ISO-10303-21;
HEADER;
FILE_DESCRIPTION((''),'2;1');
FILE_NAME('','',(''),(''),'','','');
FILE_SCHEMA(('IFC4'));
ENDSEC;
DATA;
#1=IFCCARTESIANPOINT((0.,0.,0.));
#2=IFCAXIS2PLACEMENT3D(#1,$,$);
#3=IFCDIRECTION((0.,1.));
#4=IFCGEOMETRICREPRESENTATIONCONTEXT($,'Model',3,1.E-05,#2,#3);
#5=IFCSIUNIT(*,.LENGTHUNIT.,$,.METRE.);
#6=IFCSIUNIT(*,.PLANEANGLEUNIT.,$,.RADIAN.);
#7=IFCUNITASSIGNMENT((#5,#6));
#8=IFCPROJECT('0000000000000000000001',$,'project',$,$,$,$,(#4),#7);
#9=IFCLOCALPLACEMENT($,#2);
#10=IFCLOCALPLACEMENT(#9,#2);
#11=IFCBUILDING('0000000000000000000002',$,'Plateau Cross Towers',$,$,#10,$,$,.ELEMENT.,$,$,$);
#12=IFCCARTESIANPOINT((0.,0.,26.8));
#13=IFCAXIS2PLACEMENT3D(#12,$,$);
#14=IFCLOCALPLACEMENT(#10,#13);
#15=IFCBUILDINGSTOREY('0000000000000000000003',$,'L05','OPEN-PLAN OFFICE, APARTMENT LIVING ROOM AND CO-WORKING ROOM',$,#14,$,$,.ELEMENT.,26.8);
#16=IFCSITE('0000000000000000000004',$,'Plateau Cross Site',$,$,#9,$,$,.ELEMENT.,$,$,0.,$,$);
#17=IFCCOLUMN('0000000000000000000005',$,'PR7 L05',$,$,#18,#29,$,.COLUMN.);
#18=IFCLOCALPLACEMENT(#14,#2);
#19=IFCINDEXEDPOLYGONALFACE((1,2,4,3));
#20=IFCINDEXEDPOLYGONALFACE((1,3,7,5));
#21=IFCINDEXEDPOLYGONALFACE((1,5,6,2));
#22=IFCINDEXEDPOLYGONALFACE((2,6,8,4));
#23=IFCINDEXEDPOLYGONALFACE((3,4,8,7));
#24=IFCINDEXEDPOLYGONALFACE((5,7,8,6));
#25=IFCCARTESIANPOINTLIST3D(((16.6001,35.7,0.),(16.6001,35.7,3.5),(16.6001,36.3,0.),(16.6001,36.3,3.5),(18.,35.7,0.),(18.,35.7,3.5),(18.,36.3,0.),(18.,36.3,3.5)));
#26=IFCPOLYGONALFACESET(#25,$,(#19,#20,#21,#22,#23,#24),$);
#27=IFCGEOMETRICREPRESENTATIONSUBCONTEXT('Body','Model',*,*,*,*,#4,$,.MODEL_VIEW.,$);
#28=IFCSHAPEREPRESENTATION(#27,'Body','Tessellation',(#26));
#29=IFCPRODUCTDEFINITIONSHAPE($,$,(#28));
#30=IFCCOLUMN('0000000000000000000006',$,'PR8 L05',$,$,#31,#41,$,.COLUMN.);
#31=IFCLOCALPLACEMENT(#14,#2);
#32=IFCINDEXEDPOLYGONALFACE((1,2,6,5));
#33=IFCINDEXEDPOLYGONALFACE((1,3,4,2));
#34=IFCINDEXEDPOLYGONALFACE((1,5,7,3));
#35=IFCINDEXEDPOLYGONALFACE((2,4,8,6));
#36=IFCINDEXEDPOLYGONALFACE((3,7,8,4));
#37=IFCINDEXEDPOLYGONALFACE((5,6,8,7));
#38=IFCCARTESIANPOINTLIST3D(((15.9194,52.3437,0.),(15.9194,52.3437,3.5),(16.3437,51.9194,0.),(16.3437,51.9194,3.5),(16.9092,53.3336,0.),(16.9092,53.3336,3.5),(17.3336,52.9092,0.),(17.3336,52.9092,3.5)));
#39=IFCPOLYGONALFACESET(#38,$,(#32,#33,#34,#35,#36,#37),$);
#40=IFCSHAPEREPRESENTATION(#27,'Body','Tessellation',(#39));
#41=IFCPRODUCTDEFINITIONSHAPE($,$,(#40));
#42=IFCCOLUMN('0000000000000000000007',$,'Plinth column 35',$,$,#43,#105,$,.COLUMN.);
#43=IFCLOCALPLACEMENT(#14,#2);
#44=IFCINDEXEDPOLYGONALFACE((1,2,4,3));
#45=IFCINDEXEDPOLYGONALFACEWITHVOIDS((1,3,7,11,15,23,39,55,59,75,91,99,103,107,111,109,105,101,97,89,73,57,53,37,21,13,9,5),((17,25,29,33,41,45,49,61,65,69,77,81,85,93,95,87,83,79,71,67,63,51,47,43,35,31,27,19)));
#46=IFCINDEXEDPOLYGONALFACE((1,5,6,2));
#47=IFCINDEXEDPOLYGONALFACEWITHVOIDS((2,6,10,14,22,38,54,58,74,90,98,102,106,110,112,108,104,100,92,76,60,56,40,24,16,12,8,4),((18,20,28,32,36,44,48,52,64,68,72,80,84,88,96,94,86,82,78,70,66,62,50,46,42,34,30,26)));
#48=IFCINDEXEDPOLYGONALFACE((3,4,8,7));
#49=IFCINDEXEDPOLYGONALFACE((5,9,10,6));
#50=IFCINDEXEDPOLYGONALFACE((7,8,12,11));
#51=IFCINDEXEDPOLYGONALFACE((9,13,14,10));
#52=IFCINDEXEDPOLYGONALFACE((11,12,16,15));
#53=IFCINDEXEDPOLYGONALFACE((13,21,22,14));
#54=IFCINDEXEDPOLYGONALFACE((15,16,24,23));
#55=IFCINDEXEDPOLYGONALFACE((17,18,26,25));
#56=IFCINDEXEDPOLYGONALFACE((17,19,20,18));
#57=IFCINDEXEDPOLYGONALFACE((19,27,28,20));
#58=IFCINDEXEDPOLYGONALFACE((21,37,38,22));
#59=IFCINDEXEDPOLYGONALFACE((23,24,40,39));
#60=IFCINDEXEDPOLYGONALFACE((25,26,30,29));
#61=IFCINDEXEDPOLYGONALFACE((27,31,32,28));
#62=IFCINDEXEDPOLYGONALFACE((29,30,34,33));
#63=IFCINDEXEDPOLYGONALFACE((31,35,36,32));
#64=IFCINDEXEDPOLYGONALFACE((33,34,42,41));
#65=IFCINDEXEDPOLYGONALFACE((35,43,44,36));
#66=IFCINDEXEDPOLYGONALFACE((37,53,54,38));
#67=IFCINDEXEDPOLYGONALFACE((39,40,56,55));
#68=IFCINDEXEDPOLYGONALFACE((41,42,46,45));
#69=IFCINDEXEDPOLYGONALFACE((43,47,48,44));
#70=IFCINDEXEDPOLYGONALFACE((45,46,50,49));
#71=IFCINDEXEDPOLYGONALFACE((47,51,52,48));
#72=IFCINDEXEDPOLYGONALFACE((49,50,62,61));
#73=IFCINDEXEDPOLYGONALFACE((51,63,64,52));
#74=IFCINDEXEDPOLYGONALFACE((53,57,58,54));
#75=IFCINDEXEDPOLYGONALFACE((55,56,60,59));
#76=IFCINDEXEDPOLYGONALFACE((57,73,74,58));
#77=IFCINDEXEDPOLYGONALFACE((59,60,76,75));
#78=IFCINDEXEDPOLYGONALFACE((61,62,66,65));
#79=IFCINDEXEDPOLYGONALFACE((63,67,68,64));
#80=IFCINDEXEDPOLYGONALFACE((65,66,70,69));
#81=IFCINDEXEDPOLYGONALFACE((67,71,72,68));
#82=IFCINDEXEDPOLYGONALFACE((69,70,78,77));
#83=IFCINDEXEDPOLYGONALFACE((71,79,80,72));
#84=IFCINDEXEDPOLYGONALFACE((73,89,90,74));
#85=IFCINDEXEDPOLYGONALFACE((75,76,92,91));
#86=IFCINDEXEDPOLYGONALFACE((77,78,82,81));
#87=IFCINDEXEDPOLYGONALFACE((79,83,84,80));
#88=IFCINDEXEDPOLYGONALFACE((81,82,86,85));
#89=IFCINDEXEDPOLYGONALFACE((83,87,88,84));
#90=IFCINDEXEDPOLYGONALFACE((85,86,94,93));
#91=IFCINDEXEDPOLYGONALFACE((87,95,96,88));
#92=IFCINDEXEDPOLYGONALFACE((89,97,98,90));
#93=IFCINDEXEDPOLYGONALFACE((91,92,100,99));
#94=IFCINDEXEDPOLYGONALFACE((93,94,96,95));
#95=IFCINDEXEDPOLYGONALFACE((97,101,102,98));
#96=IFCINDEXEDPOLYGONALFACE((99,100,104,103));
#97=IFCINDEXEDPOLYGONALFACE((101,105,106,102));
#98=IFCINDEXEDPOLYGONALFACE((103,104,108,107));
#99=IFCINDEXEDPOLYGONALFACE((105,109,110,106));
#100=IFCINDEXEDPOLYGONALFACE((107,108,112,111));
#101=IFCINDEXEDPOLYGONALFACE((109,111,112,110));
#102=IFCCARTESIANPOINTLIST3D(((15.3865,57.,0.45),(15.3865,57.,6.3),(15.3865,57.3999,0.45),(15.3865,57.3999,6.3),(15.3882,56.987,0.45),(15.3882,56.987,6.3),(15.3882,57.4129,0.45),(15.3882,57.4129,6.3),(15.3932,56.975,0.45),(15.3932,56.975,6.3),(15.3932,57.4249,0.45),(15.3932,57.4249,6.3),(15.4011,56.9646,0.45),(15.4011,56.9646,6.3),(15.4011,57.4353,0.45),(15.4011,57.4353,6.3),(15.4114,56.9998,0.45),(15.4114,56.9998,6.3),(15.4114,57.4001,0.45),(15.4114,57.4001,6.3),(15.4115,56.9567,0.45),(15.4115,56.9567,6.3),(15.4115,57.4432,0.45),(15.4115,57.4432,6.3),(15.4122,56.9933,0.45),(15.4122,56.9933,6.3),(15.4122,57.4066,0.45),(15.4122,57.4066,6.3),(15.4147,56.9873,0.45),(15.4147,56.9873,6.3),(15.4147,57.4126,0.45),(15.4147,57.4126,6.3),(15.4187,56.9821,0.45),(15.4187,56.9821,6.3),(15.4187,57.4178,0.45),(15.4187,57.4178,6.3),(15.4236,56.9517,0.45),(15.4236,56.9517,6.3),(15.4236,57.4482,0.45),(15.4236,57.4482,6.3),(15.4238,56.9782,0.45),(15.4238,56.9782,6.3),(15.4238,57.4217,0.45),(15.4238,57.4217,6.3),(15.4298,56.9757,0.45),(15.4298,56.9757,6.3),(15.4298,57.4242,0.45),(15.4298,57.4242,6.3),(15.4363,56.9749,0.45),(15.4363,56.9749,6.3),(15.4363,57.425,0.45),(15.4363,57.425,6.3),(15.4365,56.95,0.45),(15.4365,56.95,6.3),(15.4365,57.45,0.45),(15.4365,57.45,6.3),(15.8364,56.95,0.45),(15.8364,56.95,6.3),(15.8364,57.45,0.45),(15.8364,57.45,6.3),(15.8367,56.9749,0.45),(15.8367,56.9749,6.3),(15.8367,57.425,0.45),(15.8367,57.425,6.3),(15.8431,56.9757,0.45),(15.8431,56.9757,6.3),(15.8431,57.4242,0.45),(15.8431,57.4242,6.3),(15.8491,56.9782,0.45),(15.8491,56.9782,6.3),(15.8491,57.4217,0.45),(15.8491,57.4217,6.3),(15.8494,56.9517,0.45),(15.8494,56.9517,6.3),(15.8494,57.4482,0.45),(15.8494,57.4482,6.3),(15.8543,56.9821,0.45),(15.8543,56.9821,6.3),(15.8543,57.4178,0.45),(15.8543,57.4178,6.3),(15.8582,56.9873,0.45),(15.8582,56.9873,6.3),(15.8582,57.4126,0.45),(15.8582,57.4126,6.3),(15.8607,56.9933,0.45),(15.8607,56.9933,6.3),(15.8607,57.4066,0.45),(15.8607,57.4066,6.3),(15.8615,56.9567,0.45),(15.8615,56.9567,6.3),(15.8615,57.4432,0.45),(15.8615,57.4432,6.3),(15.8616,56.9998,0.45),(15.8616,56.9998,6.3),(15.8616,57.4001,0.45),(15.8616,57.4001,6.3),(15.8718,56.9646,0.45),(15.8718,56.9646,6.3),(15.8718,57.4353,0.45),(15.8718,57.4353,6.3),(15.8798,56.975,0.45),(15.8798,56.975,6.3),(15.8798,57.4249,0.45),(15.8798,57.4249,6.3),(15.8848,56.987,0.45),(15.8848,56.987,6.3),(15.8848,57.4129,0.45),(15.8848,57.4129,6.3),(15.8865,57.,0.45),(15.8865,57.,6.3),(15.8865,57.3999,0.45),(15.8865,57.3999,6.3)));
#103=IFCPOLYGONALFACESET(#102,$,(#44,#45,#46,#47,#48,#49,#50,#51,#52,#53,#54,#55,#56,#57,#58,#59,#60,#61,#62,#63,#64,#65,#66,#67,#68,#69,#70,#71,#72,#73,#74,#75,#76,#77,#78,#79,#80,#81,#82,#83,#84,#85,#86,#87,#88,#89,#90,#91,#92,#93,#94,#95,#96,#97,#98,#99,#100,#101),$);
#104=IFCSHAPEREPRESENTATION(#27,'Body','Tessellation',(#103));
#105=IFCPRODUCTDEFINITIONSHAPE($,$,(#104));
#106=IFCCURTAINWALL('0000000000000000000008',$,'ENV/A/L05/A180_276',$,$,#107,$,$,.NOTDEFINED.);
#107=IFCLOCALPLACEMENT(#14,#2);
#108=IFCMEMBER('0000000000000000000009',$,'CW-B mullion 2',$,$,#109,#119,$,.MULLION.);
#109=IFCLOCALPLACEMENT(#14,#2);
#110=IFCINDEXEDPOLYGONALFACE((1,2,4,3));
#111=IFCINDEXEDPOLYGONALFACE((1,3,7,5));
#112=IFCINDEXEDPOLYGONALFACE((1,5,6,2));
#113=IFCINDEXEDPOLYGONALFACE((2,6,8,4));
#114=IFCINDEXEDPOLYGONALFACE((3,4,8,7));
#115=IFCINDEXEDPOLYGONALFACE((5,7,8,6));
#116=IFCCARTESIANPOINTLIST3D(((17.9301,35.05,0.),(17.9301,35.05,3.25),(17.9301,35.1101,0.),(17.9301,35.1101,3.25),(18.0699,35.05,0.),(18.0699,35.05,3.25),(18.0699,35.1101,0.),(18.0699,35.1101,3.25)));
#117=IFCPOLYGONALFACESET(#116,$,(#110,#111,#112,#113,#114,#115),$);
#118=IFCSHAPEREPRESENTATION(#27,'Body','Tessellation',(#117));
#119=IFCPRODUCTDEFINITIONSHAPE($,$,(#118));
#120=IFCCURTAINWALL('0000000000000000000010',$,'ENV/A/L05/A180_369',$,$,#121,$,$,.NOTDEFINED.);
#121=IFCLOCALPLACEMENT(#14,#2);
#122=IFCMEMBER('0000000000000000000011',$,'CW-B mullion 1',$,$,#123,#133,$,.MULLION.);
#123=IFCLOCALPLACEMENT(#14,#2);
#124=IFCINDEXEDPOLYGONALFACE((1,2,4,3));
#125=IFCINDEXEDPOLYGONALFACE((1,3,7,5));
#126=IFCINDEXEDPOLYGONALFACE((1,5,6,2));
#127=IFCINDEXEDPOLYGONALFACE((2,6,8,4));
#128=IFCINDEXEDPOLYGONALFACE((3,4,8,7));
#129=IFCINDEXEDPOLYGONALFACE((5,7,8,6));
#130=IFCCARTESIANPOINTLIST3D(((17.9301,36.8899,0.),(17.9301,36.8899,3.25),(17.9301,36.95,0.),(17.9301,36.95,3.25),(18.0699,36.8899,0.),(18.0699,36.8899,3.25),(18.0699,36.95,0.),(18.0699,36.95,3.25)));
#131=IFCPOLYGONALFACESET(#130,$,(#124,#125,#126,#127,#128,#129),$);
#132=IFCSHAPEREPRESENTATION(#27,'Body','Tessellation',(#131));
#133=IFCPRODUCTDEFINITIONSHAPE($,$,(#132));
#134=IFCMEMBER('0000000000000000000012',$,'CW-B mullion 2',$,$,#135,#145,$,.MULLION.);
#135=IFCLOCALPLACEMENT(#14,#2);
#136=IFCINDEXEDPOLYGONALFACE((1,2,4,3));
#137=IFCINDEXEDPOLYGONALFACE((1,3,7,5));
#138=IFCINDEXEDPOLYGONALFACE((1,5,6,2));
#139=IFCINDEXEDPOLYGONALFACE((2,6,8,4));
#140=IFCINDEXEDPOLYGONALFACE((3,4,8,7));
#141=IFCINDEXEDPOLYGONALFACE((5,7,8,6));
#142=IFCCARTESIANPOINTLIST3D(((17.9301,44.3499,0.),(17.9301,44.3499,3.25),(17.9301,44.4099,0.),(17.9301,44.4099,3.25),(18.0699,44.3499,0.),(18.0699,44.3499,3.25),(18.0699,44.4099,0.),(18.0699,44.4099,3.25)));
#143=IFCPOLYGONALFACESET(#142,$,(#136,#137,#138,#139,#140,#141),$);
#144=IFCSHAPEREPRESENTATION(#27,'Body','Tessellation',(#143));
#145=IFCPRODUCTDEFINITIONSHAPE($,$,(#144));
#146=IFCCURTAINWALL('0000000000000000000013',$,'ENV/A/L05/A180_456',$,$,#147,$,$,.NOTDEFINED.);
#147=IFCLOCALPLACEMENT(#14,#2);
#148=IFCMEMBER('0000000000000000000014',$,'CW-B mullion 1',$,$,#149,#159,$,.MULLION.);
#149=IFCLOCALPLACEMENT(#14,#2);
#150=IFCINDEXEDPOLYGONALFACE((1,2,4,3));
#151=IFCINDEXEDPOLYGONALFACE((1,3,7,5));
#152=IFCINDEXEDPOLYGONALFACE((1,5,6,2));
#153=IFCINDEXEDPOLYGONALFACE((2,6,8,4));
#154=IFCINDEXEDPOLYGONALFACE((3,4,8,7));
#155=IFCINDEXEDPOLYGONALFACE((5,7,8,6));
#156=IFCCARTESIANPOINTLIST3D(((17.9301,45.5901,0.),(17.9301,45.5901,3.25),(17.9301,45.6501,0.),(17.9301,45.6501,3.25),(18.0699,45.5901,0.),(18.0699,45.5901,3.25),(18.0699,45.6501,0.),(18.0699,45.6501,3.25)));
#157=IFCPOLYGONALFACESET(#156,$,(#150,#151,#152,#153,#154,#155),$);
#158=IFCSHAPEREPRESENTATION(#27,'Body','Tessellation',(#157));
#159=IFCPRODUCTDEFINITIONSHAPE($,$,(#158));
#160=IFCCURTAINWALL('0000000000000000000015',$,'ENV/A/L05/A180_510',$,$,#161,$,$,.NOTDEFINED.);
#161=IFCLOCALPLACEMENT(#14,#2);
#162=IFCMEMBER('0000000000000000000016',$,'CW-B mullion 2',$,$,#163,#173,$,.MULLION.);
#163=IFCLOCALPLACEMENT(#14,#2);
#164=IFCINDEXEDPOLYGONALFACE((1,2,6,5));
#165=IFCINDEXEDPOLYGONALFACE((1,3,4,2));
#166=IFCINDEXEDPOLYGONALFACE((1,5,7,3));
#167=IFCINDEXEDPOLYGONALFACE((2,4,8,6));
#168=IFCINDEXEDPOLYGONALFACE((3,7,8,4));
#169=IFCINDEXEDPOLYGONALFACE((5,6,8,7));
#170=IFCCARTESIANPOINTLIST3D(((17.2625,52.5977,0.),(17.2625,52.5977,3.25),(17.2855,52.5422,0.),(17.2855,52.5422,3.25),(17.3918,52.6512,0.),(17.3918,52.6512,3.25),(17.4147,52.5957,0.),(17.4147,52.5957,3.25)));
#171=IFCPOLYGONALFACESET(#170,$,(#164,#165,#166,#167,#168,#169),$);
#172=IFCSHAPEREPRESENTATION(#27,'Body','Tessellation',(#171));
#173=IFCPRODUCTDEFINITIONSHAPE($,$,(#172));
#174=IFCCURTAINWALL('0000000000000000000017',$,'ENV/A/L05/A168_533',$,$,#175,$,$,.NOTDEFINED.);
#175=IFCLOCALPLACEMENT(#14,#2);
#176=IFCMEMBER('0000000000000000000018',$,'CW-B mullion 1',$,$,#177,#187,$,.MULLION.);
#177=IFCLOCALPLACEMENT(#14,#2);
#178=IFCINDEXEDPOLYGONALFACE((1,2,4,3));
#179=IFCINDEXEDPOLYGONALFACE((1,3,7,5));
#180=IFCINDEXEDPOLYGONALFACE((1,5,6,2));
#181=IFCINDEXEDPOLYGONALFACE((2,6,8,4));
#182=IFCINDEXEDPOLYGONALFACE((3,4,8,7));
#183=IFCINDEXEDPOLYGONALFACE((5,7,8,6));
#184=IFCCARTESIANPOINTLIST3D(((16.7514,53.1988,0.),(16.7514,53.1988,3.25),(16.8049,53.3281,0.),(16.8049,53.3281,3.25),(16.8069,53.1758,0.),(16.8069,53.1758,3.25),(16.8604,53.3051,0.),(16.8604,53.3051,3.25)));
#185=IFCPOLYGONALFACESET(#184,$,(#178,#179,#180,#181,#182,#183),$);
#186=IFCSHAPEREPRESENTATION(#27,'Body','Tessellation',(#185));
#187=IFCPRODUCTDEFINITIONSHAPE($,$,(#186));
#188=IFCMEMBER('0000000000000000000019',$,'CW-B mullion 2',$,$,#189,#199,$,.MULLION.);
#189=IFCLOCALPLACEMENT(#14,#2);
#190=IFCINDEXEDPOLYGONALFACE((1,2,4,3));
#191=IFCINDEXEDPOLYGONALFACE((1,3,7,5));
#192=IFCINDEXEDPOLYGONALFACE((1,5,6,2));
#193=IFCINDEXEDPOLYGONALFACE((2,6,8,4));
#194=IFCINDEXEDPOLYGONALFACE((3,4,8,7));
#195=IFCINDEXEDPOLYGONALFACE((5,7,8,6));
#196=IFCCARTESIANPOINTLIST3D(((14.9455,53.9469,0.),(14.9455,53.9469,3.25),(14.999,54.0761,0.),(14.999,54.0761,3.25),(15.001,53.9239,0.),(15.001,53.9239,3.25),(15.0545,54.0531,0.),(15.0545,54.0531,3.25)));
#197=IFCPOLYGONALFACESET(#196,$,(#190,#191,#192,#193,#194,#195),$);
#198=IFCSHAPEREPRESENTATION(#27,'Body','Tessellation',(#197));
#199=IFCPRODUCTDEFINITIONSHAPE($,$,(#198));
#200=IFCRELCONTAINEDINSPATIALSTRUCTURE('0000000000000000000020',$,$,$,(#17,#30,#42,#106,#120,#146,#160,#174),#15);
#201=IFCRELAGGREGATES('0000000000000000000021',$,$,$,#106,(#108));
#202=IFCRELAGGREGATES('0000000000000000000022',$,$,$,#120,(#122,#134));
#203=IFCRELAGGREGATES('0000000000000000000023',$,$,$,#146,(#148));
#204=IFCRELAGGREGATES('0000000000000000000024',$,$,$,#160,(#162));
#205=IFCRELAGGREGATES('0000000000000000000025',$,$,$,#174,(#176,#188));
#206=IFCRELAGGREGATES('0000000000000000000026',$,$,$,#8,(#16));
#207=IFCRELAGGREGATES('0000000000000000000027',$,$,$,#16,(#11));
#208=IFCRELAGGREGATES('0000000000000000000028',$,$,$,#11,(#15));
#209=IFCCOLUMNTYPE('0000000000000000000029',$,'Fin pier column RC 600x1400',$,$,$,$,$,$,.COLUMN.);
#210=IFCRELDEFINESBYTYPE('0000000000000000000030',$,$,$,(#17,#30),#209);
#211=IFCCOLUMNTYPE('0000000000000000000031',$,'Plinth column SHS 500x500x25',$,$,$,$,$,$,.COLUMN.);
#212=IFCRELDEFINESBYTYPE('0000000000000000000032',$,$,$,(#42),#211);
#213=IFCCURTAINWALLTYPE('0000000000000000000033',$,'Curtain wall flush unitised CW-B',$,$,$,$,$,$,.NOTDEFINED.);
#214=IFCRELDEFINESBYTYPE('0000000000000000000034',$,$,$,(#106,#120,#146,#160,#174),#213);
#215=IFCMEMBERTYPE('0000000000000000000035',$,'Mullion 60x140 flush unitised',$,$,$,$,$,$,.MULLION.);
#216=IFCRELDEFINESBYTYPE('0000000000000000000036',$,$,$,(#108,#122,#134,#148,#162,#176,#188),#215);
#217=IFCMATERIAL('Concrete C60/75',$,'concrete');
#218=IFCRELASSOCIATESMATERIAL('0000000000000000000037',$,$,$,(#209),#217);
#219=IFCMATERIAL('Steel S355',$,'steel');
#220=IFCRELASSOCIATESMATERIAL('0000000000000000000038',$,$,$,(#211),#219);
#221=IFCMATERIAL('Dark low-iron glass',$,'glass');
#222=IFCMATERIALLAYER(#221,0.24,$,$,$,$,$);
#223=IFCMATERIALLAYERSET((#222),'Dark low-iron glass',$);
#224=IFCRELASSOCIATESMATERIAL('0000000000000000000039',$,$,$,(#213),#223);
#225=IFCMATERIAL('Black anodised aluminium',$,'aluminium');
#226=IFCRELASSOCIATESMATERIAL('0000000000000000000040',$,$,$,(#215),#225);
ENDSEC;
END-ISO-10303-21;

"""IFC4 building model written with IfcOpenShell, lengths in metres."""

from ifc_helpers import new_model, si_unit, direction, frame, origin, origin_2d, place, context, subcontext, project, spatial, rectangle, hollow_rectangle, extrude, material, layer, layer_set, material_profile, profile_set, type_object, element, aggregate, save


model = new_model("IFC4")

# Units and contexts
model_context = context("Model", 3, precision=1e-05, world=origin(), true_north=direction((0.0, 1.0)))
body_context = subcontext(model_context, "Body", "Model", "MODEL_VIEW")
ifc_project = project(units=[si_unit("LENGTHUNIT", "METRE"), si_unit("PLANEANGLEUNIT", "RADIAN")], contexts=[model_context])

# Site, building, storey
site_placement = place(None, origin())
site = spatial("IfcSite", under=ifc_project, at=site_placement, Name="Plateau Cross Site", CompositionType="ELEMENT", RefElevation=0.0)
building_placement = place(site_placement, origin())
building = spatial("IfcBuilding", under=site, at=building_placement, Name="Plateau Cross Towers", CompositionType="ELEMENT")
storey_placement = place(building_placement, frame((0.0, 0.0, 26.8)))
storey = spatial("IfcBuildingStorey", under=building, at=storey_placement, Name="L05", Description="OPEN-PLAN OFFICE, APARTMENT LIVING ROOM AND CO-WORKING ROOM", CompositionType="ELEMENT", Elevation=26.8)

# Columns
ifc_material_1 = material(Name="Concrete C60/75", Category="concrete")
ifc_material_profile_1 = material_profile(ifc_material_1, rectangle(XDim=0.6001, YDim=1.3999, at=origin_2d()), Name="RC 600x1400")
ifc_profile_set_1 = profile_set([ifc_material_profile_1], Name="Concrete C60/75")
column_type_1 = type_object("IfcColumnType", Name="Fin pier column RC 600x1400", PredefinedType="COLUMN", material=ifc_profile_set_1)
for number, where, z_axis, x_axis, name in (
    (1, (17.3, 36.0, 0.0), (0.0, 0.0, 1.0), (0.0, 1.0, 0.0), "PR7 L05"),
    (2, (16.6265, 52.6265, 0.0), (0.0, 0.0, 1.0), (-0.707107, 0.707107, 0.0), "PR8 L05"),
):
    element("IfcColumn", number, at=place(storey_placement, frame(where, z_axis=z_axis, x_axis=x_axis)), inside=storey, type_object=column_type_1, Name=name, PredefinedType="COLUMN", context=body_context, shape_type="SweptSolid", body=[
        extrude(rectangle(XDim=0.6001, YDim=1.3999, at=origin_2d()), origin(), (0.0, 0.0, 1.0), 3.5),
    ])
ifc_material_2 = material(Name="Steel S355", Category="steel")
ifc_material_profile_2 = material_profile(ifc_material_2, hollow_rectangle(XDim=0.5, YDim=0.5, WallThickness=0.0249, InnerFilletRadius=0.0249, OuterFilletRadius=0.05, at=origin_2d()), Name="SHS 500x500x25")
ifc_profile_set_2 = profile_set([ifc_material_profile_2], Name="Steel S355")
column_type_2 = type_object("IfcColumnType", Name="Plinth column SHS 500x500x25", PredefinedType="COLUMN", material=ifc_profile_set_2)
column_placement = place(storey_placement, frame((15.6365, 57.2, 0.45), z_axis=(0.0, 0.0, 1.0), x_axis=(1.0, 0.0, 0.0)))
element("IfcColumn", 3, at=column_placement, inside=storey, type_object=column_type_2, Name="Plinth column 35", PredefinedType="COLUMN", context=body_context, shape_type="SweptSolid", body=[
    extrude(hollow_rectangle(XDim=0.5, YDim=0.5, WallThickness=0.0249, InnerFilletRadius=0.0249, OuterFilletRadius=0.05, at=origin_2d()), origin(), (0.0, 0.0, 1.0), 5.8501),
])

# Curtain wall, member
ifc_material_3 = material(Name="Dark low-iron glass", Category="glass")
ifc_layer_1 = layer(ifc_material_3, 0.24)
ifc_layer_set_1 = layer_set([ifc_layer_1], Name="Dark low-iron glass")
curtain_wall_type = type_object("IfcCurtainWallType", Name="Curtain wall flush unitised CW-B", PredefinedType="NOTDEFINED", material=ifc_layer_set_1)
curtain_wall_1_placement = place(storey_placement, origin())
curtain_wall_1 = element("IfcCurtainWall", 4, at=curtain_wall_1_placement, inside=storey, type_object=curtain_wall_type, Name="ENV/A/L05/A180_276", PredefinedType="NOTDEFINED")
ifc_material_4 = material(Name="Black anodised aluminium", Category="aluminium")
ifc_material_profile_3 = material_profile(ifc_material_4, rectangle(XDim=0.0601, YDim=0.1399, at=origin_2d()), Name="MULLION 60x140")
ifc_profile_set_3 = profile_set([ifc_material_profile_3], Name="Black anodised aluminium")
member_type_1 = type_object("IfcMemberType", Name="Mullion 60x140 flush unitised", PredefinedType="MULLION", material=ifc_profile_set_3)
member_1_placement = place(storey_placement, frame((18.0, 35.0801, 0.0), z_axis=(0.0, 0.0, 1.0), x_axis=(0.0, 1.0, 0.0)))
member_1 = element("IfcMember", 5, at=member_1_placement, type_object=member_type_1, Name="CW-B mullion 2", PredefinedType="MULLION", context=body_context, shape_type="SweptSolid", body=[
    extrude(rectangle(XDim=0.0601, YDim=0.1399, at=origin_2d()), origin(), (0.0, 0.0, 1.0), 3.25),
])
aggregate(curtain_wall_1, [member_1])

# Curtain wall, members
curtain_wall_2_placement = place(storey_placement, origin())
curtain_wall_2 = element("IfcCurtainWall", 6, at=curtain_wall_2_placement, inside=storey, type_object=curtain_wall_type, Name="ENV/A/L05/A180_369", PredefinedType="NOTDEFINED")
member_2_placement = place(storey_placement, frame((18.0, 36.9199, 0.0), z_axis=(0.0, 0.0, 1.0), x_axis=(0.0, 1.0, 0.0)))
member_2 = element("IfcMember", 7, at=member_2_placement, type_object=member_type_1, Name="CW-B mullion 1", PredefinedType="MULLION", context=body_context, shape_type="SweptSolid", body=[
    extrude(rectangle(XDim=0.0601, YDim=0.1399, at=origin_2d()), origin(), (0.0, 0.0, 1.0), 3.25),
])
member_3_placement = place(storey_placement, frame((18.0, 44.3799, 0.0), z_axis=(0.0, 0.0, 1.0), x_axis=(0.0, 1.0, 0.0)))
member_3 = element("IfcMember", 8, at=member_3_placement, type_object=member_type_1, Name="CW-B mullion 2", PredefinedType="MULLION", context=body_context, shape_type="SweptSolid", body=[
    extrude(rectangle(XDim=0.0601, YDim=0.1399, at=origin_2d()), origin(), (0.0, 0.0, 1.0), 3.25),
])

# Curtain walls, members
curtain_wall_3_placement = place(storey_placement, origin())
curtain_wall_3 = element("IfcCurtainWall", 9, at=curtain_wall_3_placement, inside=storey, type_object=curtain_wall_type, Name="ENV/A/L05/A180_456", PredefinedType="NOTDEFINED")
member_4_placement = place(storey_placement, frame((18.0, 45.6201, 0.0), z_axis=(0.0, 0.0, 1.0), x_axis=(0.0, 1.0, 0.0)))
member_4 = element("IfcMember", 10, at=member_4_placement, type_object=member_type_1, Name="CW-B mullion 1", PredefinedType="MULLION", context=body_context, shape_type="SweptSolid", body=[
    extrude(rectangle(XDim=0.0601, YDim=0.1399, at=origin_2d()), origin(), (0.0, 0.0, 1.0), 3.25),
])
curtain_wall_4_placement = place(storey_placement, origin())
curtain_wall_4 = element("IfcCurtainWall", 11, at=curtain_wall_4_placement, inside=storey, type_object=curtain_wall_type, Name="ENV/A/L05/A180_510", PredefinedType="NOTDEFINED")
member_5_placement = place(storey_placement, frame((17.3386, 52.5967, 0.0), z_axis=(0.0, 0.0, 1.0), x_axis=(-0.382684, 0.923879, 0.0)))
member_5 = element("IfcMember", 12, at=member_5_placement, type_object=member_type_1, Name="CW-B mullion 2", PredefinedType="MULLION", context=body_context, shape_type="SweptSolid", body=[
    extrude(rectangle(XDim=0.0601, YDim=0.1399, at=origin_2d()), origin(), (0.0, 0.0, 1.0), 3.25),
])

# Curtain wall, members
curtain_wall_5_placement = place(storey_placement, origin())
curtain_wall_5 = element("IfcCurtainWall", 13, at=curtain_wall_5_placement, inside=storey, type_object=curtain_wall_type, Name="ENV/A/L05/A168_533", PredefinedType="NOTDEFINED")
member_6_placement = place(storey_placement, frame((16.8059, 53.252, 0.0), z_axis=(0.0, 0.0, 1.0), x_axis=(-0.923879, 0.382684, 0.0)))
member_6 = element("IfcMember", 14, at=member_6_placement, type_object=member_type_1, Name="CW-B mullion 1", PredefinedType="MULLION", context=body_context, shape_type="SweptSolid", body=[
    extrude(rectangle(XDim=0.0601, YDim=0.1399, at=origin_2d()), origin(), (0.0, 0.0, 1.0), 3.25),
])
member_7_placement = place(storey_placement, frame((15.0, 54.0, 0.0), z_axis=(0.0, 0.0, 1.0), x_axis=(-0.923879, 0.382684, 0.0)))
member_7 = element("IfcMember", 15, at=member_7_placement, type_object=member_type_1, Name="CW-B mullion 2", PredefinedType="MULLION", context=body_context, shape_type="SweptSolid", body=[
    extrude(rectangle(XDim=0.0601, YDim=0.1399, at=origin_2d()), origin(), (0.0, 0.0, 1.0), 3.25),
])

aggregate(curtain_wall_2, [member_2, member_3])
aggregate(curtain_wall_3, [member_4])
aggregate(curtain_wall_4, [member_5])
aggregate(curtain_wall_5, [member_6, member_7])

save(model, "model.ifc")
